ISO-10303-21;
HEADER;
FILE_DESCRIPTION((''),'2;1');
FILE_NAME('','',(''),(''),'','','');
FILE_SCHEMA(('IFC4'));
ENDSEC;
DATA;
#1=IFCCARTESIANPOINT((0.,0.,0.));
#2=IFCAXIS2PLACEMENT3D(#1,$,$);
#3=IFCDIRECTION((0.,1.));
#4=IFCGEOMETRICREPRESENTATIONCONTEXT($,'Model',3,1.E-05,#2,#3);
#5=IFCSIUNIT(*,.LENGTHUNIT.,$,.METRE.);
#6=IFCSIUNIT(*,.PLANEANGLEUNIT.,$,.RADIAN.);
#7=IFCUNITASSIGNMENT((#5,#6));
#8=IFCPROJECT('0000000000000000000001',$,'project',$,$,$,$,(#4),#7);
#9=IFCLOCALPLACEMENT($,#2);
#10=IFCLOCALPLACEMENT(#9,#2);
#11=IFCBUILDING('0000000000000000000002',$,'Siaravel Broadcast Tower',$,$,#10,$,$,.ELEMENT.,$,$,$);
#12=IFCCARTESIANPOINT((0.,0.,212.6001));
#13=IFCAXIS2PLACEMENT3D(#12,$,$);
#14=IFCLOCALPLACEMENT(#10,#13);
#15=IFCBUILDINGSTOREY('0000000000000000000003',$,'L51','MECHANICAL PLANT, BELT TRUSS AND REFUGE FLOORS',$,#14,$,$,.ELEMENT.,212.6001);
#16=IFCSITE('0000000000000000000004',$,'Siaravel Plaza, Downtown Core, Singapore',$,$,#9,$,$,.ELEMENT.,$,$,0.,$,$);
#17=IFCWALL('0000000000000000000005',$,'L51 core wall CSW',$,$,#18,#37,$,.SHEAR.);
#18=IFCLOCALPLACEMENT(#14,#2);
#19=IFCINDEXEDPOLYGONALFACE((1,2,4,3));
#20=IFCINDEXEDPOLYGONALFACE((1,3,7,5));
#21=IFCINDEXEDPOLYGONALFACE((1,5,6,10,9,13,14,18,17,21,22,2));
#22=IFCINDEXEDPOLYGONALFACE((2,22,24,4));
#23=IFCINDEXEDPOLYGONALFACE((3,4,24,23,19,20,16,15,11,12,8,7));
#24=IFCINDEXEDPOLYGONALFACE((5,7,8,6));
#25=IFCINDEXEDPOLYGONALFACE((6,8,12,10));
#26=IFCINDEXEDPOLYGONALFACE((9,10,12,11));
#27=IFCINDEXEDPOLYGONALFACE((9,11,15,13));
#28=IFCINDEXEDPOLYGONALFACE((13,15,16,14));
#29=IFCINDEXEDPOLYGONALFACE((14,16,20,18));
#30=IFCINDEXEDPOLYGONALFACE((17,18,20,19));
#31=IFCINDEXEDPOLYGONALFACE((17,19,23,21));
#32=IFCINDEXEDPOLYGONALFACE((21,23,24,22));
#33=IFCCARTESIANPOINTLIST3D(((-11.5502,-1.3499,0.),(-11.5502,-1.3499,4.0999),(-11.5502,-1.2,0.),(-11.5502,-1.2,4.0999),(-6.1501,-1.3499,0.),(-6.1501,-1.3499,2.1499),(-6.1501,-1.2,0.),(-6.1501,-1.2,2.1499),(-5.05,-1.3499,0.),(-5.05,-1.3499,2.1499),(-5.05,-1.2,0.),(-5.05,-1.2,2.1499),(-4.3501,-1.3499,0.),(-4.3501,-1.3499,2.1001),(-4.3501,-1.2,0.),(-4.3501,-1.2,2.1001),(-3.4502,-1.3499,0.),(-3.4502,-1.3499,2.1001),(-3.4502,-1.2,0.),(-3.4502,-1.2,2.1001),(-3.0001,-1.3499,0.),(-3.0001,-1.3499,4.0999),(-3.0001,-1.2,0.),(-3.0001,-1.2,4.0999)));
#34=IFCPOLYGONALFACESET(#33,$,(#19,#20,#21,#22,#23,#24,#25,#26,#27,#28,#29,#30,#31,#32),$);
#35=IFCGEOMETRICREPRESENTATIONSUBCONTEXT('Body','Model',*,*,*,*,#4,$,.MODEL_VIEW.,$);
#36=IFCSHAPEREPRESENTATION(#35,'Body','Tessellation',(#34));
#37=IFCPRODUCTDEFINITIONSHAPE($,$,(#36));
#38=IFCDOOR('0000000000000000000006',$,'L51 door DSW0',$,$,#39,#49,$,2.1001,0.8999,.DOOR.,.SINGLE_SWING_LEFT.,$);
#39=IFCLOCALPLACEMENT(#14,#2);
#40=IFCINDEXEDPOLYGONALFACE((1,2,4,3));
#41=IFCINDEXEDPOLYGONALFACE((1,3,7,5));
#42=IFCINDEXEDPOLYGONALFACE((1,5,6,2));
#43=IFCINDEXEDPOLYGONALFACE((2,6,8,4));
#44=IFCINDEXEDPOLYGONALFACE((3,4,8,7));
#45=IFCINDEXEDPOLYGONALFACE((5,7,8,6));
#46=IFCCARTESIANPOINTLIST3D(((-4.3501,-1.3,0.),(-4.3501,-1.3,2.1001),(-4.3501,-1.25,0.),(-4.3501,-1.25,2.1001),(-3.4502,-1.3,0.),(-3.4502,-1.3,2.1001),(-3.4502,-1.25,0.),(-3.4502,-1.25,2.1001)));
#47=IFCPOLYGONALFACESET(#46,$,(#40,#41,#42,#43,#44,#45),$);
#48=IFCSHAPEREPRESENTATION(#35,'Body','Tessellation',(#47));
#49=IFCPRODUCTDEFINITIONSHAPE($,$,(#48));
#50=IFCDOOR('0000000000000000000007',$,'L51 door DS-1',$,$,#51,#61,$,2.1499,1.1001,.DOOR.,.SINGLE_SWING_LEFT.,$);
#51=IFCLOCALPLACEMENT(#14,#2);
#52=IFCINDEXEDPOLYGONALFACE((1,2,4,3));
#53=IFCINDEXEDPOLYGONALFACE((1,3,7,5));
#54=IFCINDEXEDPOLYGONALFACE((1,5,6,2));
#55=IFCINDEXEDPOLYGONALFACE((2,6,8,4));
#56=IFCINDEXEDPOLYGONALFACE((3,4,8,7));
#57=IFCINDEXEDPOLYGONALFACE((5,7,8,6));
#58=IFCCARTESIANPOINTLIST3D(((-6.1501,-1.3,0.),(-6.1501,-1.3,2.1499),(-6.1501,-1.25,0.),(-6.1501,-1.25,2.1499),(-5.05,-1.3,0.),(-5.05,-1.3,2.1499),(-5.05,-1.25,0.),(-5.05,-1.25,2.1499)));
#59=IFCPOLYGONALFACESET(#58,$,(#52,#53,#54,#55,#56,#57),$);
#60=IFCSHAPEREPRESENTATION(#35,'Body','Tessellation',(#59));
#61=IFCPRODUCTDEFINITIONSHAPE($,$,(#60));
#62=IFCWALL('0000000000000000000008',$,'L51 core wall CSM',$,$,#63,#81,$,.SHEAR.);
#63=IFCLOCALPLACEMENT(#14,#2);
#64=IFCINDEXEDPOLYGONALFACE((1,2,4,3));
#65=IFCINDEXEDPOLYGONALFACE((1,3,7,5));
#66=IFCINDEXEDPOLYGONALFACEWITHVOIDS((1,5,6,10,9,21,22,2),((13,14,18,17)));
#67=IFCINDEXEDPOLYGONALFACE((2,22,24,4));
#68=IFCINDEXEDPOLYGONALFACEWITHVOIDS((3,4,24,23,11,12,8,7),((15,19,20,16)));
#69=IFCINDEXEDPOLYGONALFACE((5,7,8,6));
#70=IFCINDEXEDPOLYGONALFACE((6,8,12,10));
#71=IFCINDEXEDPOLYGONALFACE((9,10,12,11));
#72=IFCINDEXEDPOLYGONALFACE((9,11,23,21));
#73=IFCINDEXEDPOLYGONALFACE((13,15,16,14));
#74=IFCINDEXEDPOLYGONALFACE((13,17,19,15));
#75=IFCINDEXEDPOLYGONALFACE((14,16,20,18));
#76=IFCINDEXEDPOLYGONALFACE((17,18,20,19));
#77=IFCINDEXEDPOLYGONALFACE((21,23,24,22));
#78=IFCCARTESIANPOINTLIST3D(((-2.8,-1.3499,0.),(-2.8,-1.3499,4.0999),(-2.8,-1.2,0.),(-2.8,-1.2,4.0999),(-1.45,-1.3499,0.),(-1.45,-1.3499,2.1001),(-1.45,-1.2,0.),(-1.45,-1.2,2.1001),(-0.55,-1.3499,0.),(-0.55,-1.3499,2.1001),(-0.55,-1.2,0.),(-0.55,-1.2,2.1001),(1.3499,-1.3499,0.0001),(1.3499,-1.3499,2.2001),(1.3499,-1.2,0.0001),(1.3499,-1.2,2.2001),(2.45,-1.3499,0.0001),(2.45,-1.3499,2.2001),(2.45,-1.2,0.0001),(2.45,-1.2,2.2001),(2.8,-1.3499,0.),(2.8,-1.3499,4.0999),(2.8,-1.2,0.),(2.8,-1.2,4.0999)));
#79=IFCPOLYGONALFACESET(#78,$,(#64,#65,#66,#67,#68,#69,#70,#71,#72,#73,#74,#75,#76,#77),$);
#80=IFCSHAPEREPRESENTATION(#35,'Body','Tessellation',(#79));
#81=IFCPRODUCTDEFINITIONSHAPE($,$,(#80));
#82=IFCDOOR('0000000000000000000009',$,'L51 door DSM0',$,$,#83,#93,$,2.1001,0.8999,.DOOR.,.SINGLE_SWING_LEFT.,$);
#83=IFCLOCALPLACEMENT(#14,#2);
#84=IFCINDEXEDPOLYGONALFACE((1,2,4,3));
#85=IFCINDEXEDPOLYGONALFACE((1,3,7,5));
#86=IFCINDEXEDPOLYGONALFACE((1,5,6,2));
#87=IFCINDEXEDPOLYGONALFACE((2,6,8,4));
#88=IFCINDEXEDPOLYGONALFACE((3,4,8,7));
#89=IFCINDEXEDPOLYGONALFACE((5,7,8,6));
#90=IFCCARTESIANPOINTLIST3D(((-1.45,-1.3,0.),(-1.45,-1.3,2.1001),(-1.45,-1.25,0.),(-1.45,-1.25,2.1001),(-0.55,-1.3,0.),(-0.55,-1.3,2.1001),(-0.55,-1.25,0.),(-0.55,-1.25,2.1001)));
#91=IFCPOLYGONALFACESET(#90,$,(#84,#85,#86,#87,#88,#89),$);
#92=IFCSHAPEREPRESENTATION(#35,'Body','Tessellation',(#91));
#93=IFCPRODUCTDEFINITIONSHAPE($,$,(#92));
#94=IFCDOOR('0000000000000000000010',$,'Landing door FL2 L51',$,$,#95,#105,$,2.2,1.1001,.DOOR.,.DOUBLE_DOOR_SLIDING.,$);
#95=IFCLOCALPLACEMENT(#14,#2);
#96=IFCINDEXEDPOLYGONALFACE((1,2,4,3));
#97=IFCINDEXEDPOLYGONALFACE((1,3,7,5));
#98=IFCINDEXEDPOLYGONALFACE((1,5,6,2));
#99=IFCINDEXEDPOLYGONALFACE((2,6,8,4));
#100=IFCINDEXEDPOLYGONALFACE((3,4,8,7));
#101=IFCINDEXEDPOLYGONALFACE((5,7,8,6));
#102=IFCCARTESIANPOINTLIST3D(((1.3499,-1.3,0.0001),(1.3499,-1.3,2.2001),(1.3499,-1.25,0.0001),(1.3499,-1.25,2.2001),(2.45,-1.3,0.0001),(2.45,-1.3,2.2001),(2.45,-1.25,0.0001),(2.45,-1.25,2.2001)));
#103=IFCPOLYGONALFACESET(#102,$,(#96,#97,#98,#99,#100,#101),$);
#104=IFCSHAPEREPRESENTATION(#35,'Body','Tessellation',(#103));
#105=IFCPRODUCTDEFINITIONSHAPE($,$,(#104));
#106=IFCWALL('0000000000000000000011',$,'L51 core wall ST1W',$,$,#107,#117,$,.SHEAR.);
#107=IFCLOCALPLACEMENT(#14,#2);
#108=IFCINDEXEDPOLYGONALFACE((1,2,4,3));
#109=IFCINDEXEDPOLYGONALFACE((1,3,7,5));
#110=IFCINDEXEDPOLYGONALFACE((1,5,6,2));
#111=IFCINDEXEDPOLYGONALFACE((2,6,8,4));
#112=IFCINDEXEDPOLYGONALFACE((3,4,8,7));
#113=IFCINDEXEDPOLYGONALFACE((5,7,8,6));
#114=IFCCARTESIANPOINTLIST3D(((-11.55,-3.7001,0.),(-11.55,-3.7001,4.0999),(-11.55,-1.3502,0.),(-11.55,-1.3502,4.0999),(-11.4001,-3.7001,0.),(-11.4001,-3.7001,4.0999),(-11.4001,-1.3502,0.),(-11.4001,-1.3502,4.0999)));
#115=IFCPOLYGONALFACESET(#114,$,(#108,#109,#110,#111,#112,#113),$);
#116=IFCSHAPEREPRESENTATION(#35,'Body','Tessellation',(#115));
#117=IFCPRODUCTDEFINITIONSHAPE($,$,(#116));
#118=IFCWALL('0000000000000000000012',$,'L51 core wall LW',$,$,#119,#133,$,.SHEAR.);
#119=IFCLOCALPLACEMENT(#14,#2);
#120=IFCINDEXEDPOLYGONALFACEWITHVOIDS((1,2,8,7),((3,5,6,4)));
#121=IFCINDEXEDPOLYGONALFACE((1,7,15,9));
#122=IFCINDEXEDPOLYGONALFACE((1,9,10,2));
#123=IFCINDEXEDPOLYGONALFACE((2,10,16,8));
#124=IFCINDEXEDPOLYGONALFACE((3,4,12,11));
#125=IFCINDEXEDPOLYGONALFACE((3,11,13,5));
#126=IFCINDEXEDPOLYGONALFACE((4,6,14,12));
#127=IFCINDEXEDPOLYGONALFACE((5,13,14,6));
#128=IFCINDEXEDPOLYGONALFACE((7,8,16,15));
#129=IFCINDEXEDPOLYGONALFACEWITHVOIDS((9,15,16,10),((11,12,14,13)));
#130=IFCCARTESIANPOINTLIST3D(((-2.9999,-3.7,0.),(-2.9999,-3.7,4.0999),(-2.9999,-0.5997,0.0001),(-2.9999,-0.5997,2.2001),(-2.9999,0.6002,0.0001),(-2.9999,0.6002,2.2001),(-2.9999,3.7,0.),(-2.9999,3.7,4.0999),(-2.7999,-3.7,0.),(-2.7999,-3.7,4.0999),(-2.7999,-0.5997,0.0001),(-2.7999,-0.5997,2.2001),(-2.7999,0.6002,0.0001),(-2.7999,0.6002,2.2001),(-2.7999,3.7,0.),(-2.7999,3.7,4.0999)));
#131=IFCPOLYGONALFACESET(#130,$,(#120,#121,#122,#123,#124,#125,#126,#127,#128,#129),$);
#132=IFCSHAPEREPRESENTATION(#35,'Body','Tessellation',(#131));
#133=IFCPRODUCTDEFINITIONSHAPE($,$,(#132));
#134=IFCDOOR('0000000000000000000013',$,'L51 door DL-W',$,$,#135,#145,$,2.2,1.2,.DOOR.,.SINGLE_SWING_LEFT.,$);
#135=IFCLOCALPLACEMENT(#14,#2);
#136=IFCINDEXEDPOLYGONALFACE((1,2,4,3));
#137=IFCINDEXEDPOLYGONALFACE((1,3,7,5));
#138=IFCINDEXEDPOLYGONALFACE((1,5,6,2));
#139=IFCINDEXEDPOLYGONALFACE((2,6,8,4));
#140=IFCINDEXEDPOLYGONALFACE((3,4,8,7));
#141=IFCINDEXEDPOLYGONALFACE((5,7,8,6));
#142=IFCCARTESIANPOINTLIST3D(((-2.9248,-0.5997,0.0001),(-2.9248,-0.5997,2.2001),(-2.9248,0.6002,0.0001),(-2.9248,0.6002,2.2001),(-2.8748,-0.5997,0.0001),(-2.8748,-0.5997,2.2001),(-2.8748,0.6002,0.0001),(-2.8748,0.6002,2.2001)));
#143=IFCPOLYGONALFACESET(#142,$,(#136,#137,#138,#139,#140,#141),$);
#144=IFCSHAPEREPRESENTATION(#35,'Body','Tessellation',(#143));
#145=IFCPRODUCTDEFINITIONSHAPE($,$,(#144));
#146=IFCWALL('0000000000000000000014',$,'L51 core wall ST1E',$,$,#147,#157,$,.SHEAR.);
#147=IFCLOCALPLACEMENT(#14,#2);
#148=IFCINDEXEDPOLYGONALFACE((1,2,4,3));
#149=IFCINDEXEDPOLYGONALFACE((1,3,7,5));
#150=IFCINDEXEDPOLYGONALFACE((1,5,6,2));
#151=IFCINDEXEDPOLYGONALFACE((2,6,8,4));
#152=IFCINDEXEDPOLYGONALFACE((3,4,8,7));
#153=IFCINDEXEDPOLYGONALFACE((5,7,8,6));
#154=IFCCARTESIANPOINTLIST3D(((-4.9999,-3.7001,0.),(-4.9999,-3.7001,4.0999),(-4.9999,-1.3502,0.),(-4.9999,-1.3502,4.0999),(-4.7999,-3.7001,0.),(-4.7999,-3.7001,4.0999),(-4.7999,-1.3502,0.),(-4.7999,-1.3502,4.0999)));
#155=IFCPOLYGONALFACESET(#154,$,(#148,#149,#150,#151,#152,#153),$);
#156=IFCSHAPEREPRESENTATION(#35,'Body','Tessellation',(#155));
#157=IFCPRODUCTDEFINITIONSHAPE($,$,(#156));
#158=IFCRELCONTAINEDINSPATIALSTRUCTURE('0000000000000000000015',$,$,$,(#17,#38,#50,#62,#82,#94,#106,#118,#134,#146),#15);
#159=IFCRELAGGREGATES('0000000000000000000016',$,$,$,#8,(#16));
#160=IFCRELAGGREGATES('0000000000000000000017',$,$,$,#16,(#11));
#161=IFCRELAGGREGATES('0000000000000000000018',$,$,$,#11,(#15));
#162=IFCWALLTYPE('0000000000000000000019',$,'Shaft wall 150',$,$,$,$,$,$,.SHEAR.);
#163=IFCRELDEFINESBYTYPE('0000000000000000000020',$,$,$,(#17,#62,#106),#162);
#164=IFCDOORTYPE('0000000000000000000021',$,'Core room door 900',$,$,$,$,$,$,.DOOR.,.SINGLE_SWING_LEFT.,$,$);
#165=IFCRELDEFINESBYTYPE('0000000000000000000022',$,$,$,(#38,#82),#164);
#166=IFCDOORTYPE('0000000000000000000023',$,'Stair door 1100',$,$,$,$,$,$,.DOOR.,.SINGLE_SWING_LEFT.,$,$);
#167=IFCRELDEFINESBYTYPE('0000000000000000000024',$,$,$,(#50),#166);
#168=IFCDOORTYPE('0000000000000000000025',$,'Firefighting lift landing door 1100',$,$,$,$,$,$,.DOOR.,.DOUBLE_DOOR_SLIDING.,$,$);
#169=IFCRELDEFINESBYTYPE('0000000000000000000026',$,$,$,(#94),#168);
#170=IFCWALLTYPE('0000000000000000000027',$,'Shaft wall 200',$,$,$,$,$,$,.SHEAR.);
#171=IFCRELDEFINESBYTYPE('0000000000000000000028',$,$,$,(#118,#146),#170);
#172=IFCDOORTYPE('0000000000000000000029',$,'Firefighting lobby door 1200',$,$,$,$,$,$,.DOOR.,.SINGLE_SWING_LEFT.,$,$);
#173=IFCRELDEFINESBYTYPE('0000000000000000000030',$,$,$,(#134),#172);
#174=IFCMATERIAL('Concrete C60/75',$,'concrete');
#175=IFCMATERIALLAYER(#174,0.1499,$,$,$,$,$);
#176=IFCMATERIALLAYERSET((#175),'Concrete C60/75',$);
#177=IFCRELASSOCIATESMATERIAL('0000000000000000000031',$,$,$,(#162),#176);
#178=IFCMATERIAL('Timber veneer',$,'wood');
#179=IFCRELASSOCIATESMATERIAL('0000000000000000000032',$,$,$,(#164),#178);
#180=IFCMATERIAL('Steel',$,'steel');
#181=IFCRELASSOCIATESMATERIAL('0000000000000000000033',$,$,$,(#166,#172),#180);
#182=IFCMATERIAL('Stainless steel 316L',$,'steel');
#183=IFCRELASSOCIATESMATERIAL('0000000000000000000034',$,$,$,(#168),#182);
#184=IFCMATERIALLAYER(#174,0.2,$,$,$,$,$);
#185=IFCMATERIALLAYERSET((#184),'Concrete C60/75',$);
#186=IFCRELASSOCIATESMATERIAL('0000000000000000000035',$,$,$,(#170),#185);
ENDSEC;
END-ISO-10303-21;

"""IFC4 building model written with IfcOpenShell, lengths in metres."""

from ifc_helpers import new_model, si_unit, direction, frame, frame_2d, origin, place, context, subcontext, project, spatial, rectangle, extrude, material, layer, layer_set, type_object, element, fill, save


model = new_model("IFC4")

# Units and contexts
model_context = context("Model", 3, precision=1e-05, world=origin(), true_north=direction((0.0, 1.0)))
body_context = subcontext(model_context, "Body", "Model", "MODEL_VIEW")
ifc_project = project(units=[si_unit("LENGTHUNIT", "METRE"), si_unit("PLANEANGLEUNIT", "RADIAN")], contexts=[model_context])

# Site, building, storey
site_placement = place(None, origin())
site = spatial("IfcSite", under=ifc_project, at=site_placement, Name="Siaravel Plaza, Downtown Core, Singapore", CompositionType="ELEMENT", RefElevation=0.0)
building_placement = place(site_placement, origin())
building = spatial("IfcBuilding", under=site, at=building_placement, Name="Siaravel Broadcast Tower", CompositionType="ELEMENT")
storey_placement = place(building_placement, frame((0.0, 0.0, 212.6001)))
storey = spatial("IfcBuildingStorey", under=building, at=storey_placement, Name="L51", Description="MECHANICAL PLANT, BELT TRUSS AND REFUGE FLOORS", CompositionType="ELEMENT", Elevation=212.6001)

# Walls, openings, doors
ifc_material_1 = material(Name="Concrete C60/75", Category="concrete")
ifc_layer_1 = layer(ifc_material_1, 0.1499)
ifc_layer_set_1 = layer_set([ifc_layer_1], Name="Concrete C60/75")
wall_type_1 = type_object("IfcWallType", Name="Shaft wall 150", PredefinedType="SHEAR", material=ifc_layer_set_1)
wall_1_placement = place(storey_placement, frame((-11.55, -1.2749, 0.0), z_axis=(0.0, 0.0, 1.0), x_axis=(1.0, 0.0, 0.0)))
wall_1 = element("IfcWall", 1, at=wall_1_placement, inside=storey, type_object=wall_type_1, Name="L51 core wall CSW", PredefinedType="SHEAR", context=body_context, shape_type="SweptSolid", body=[
    extrude(rectangle(XDim=8.55, YDim=0.1499, at=frame_2d((4.2749, 0.0))), origin(), (0.0, 0.0, 1.0), 4.0999),
])
opening_1_placement = place(wall_1_placement, frame((5.3999, 0.0, 0.0)))
opening_1 = element("IfcOpeningElement", 2, at=opening_1_placement, cuts=wall_1, PredefinedType="OPENING", context=body_context, shape_type="SweptSolid", body=[
    extrude(rectangle(XDim=1.1001, YDim=2.1499, at=frame_2d((0.55, 1.075))), frame((0.0, 0.085, 0.0), z_axis=(0.0, -1.0, 0.0), x_axis=(1.0, 0.0, 0.0)), (0.0, 0.0, 1.0), 0.1699),
])
opening_2_placement = place(wall_1_placement, frame((7.2, 0.0, 0.0)))
opening_2 = element("IfcOpeningElement", 3, at=opening_2_placement, cuts=wall_1, PredefinedType="OPENING", context=body_context, shape_type="SweptSolid", body=[
    extrude(rectangle(XDim=0.8999, YDim=2.1001, at=frame_2d((0.45, 1.05))), frame((0.0, 0.085, 0.0), z_axis=(0.0, -1.0, 0.0), x_axis=(1.0, 0.0, 0.0)), (0.0, 0.0, 1.0), 0.1699),
])
ifc_material_2 = material(Name="Timber veneer", Category="wood")
door_type_1 = type_object("IfcDoorType", Name="Core room door 900", OperationType="SINGLE_SWING_LEFT", PredefinedType="DOOR", material=ifc_material_2)
door_1_placement = place(opening_2_placement, origin())
door_1 = element("IfcDoor", 4, at=door_1_placement, inside=storey, type_object=door_type_1, Name="L51 door DSW0", OperationType="SINGLE_SWING_LEFT", OverallHeight=2.1001, OverallWidth=0.8999, PredefinedType="DOOR", context=body_context, shape_type="SweptSolid", body=[
    extrude(rectangle(XDim=0.8999, YDim=2.1001, at=frame_2d((0.45, 1.05))), frame((0.0, 0.0249, 0.0), z_axis=(0.0, -1.0, 0.0), x_axis=(1.0, 0.0, 0.0)), (0.0, 0.0, 1.0), 0.05),
])
fill(opening_2, door_1)
ifc_material_3 = material(Name="Steel", Category="steel")
door_type_2 = type_object("IfcDoorType", Name="Stair door 1100", OperationType="SINGLE_SWING_LEFT", PredefinedType="DOOR", material=ifc_material_3)
door_2_placement = place(opening_1_placement, origin())
door_2 = element("IfcDoor", 5, at=door_2_placement, inside=storey, type_object=door_type_2, Name="L51 door DS-1", OperationType="SINGLE_SWING_LEFT", OverallHeight=2.1499, OverallWidth=1.1001, PredefinedType="DOOR", context=body_context, shape_type="SweptSolid", body=[
    extrude(rectangle(XDim=1.1001, YDim=2.1499, at=frame_2d((0.55, 1.075))), frame((0.0, 0.0249, 0.0), z_axis=(0.0, -1.0, 0.0), x_axis=(1.0, 0.0, 0.0)), (0.0, 0.0, 1.0), 0.05),
])
fill(opening_1, door_2)
wall_2_placement = place(storey_placement, frame((-2.8, -1.2749, 0.0), z_axis=(0.0, 0.0, 1.0), x_axis=(1.0, 0.0, 0.0)))
wall_2 = element("IfcWall", 6, at=wall_2_placement, inside=storey, type_object=wall_type_1, Name="L51 core wall CSM", PredefinedType="SHEAR", context=body_context, shape_type="SweptSolid", body=[
    extrude(rectangle(XDim=5.6001, YDim=0.1499, at=frame_2d((2.8, 0.0))), origin(), (0.0, 0.0, 1.0), 4.0999),
])
opening_3_placement = place(wall_2_placement, frame((4.1499, 0.0, 0.0)))
opening_3 = element("IfcOpeningElement", 7, at=opening_3_placement, cuts=wall_2, PredefinedType="OPENING", context=body_context, shape_type="SweptSolid", body=[
    extrude(rectangle(XDim=1.1001, YDim=2.2, at=frame_2d((0.55, 1.1001))), frame((0.0, 0.085, 0.0), z_axis=(0.0, -1.0, 0.0), x_axis=(1.0, 0.0, 0.0)), (0.0, 0.0, 1.0), 0.1699),
])
opening_4_placement = place(wall_2_placement, frame((1.3501, 0.0, 0.0)))
opening_4 = element("IfcOpeningElement", 8, at=opening_4_placement, cuts=wall_2, PredefinedType="OPENING", context=body_context, shape_type="SweptSolid", body=[
    extrude(rectangle(XDim=0.8999, YDim=2.1001, at=frame_2d((0.45, 1.05))), frame((0.0, 0.085, 0.0), z_axis=(0.0, -1.0, 0.0), x_axis=(1.0, 0.0, 0.0)), (0.0, 0.0, 1.0), 0.1699),
])
door_3_placement = place(opening_4_placement, origin())
door_3 = element("IfcDoor", 9, at=door_3_placement, inside=storey, type_object=door_type_1, Name="L51 door DSM0", OperationType="SINGLE_SWING_LEFT", OverallHeight=2.1001, OverallWidth=0.8999, PredefinedType="DOOR", context=body_context, shape_type="SweptSolid", body=[
    extrude(rectangle(XDim=0.8999, YDim=2.1001, at=frame_2d((0.45, 1.05))), frame((0.0, 0.0249, 0.0), z_axis=(0.0, -1.0, 0.0), x_axis=(1.0, 0.0, 0.0)), (0.0, 0.0, 1.0), 0.05),
])
fill(opening_4, door_3)
ifc_material_4 = material(Name="Stainless steel 316L", Category="steel")
door_type_3 = type_object("IfcDoorType", Name="Firefighting lift landing door 1100", OperationType="DOUBLE_DOOR_SLIDING", PredefinedType="DOOR", material=ifc_material_4)
door_4_placement = place(opening_3_placement, origin())
door_4 = element("IfcDoor", 10, at=door_4_placement, inside=storey, type_object=door_type_3, Name="Landing door FL2 L51", OperationType="DOUBLE_DOOR_SLIDING", OverallHeight=2.2, OverallWidth=1.1001, PredefinedType="DOOR", context=body_context, shape_type="SweptSolid", body=[
    extrude(rectangle(XDim=1.1001, YDim=2.2, at=frame_2d((0.55, 1.1001))), frame((0.0, 0.0249, 0.0), z_axis=(0.0, -1.0, 0.0), x_axis=(1.0, 0.0, 0.0)), (0.0, 0.0, 1.0), 0.05),
])
fill(opening_3, door_4)

# Wall
wall_3_placement = place(storey_placement, frame((-11.4751, -3.7, 0.0), z_axis=(0.0, 0.0, 1.0), x_axis=(0.0, 1.0, 0.0)))
element("IfcWall", 11, at=wall_3_placement, inside=storey, type_object=wall_type_1, Name="L51 core wall ST1W", PredefinedType="SHEAR", context=body_context, shape_type="SweptSolid", body=[
    extrude(rectangle(XDim=2.3499, YDim=0.1499, at=frame_2d((1.1748, 0.0))), origin(), (0.0, 0.0, 1.0), 4.0999),
])

# Wall, opening, door
ifc_layer_2 = layer(ifc_material_1, 0.2)
ifc_layer_set_2 = layer_set([ifc_layer_2], Name="Concrete C60/75")
wall_type_2 = type_object("IfcWallType", Name="Shaft wall 200", PredefinedType="SHEAR", material=ifc_layer_set_2)
wall_4_placement = place(storey_placement, frame((-2.8999, -3.7, 0.0), z_axis=(0.0, 0.0, 1.0), x_axis=(0.0, 1.0, 0.0)))
wall_4 = element("IfcWall", 12, at=wall_4_placement, inside=storey, type_object=wall_type_2, Name="L51 core wall LW", PredefinedType="SHEAR", context=body_context, shape_type="SweptSolid", body=[
    extrude(rectangle(XDim=7.3999, YDim=0.2, at=frame_2d((3.7, 0.0))), origin(), (0.0, 0.0, 1.0), 4.0999),
])
opening_5_placement = place(wall_4_placement, frame((3.1001, 0.0, 0.0)))
opening_5 = element("IfcOpeningElement", 13, at=opening_5_placement, cuts=wall_4, PredefinedType="OPENING", context=body_context, shape_type="SweptSolid", body=[
    extrude(rectangle(XDim=1.2, YDim=2.2, at=frame_2d((0.6001, 1.1001))), frame((0.0, 0.1099, 0.0), z_axis=(0.0, -1.0, 0.0), x_axis=(1.0, 0.0, 0.0)), (0.0, 0.0, 1.0), 0.22),
])
door_type_4 = type_object("IfcDoorType", Name="Firefighting lobby door 1200", OperationType="SINGLE_SWING_LEFT", PredefinedType="DOOR", material=ifc_material_3)
door_5_placement = place(opening_5_placement, origin())
door_5 = element("IfcDoor", 14, at=door_5_placement, inside=storey, type_object=door_type_4, Name="L51 door DL-W", OperationType="SINGLE_SWING_LEFT", OverallHeight=2.2, OverallWidth=1.2, PredefinedType="DOOR", context=body_context, shape_type="SweptSolid", body=[
    extrude(rectangle(XDim=1.2, YDim=2.2, at=frame_2d((0.6001, 1.1001))), frame((0.0, 0.0249, 0.0), z_axis=(0.0, -1.0, 0.0), x_axis=(1.0, 0.0, 0.0)), (0.0, 0.0, 1.0), 0.05),
])
fill(opening_5, door_5)

# Wall
wall_5_placement = place(storey_placement, frame((-4.8999, -3.7, 0.0), z_axis=(0.0, 0.0, 1.0), x_axis=(0.0, 1.0, 0.0)))
element("IfcWall", 15, at=wall_5_placement, inside=storey, type_object=wall_type_2, Name="L51 core wall ST1E", PredefinedType="SHEAR", context=body_context, shape_type="SweptSolid", body=[
    extrude(rectangle(XDim=2.3499, YDim=0.2, at=frame_2d((1.1748, 0.0))), origin(), (0.0, 0.0, 1.0), 4.0999),
])

save(model, "model.ifc")
